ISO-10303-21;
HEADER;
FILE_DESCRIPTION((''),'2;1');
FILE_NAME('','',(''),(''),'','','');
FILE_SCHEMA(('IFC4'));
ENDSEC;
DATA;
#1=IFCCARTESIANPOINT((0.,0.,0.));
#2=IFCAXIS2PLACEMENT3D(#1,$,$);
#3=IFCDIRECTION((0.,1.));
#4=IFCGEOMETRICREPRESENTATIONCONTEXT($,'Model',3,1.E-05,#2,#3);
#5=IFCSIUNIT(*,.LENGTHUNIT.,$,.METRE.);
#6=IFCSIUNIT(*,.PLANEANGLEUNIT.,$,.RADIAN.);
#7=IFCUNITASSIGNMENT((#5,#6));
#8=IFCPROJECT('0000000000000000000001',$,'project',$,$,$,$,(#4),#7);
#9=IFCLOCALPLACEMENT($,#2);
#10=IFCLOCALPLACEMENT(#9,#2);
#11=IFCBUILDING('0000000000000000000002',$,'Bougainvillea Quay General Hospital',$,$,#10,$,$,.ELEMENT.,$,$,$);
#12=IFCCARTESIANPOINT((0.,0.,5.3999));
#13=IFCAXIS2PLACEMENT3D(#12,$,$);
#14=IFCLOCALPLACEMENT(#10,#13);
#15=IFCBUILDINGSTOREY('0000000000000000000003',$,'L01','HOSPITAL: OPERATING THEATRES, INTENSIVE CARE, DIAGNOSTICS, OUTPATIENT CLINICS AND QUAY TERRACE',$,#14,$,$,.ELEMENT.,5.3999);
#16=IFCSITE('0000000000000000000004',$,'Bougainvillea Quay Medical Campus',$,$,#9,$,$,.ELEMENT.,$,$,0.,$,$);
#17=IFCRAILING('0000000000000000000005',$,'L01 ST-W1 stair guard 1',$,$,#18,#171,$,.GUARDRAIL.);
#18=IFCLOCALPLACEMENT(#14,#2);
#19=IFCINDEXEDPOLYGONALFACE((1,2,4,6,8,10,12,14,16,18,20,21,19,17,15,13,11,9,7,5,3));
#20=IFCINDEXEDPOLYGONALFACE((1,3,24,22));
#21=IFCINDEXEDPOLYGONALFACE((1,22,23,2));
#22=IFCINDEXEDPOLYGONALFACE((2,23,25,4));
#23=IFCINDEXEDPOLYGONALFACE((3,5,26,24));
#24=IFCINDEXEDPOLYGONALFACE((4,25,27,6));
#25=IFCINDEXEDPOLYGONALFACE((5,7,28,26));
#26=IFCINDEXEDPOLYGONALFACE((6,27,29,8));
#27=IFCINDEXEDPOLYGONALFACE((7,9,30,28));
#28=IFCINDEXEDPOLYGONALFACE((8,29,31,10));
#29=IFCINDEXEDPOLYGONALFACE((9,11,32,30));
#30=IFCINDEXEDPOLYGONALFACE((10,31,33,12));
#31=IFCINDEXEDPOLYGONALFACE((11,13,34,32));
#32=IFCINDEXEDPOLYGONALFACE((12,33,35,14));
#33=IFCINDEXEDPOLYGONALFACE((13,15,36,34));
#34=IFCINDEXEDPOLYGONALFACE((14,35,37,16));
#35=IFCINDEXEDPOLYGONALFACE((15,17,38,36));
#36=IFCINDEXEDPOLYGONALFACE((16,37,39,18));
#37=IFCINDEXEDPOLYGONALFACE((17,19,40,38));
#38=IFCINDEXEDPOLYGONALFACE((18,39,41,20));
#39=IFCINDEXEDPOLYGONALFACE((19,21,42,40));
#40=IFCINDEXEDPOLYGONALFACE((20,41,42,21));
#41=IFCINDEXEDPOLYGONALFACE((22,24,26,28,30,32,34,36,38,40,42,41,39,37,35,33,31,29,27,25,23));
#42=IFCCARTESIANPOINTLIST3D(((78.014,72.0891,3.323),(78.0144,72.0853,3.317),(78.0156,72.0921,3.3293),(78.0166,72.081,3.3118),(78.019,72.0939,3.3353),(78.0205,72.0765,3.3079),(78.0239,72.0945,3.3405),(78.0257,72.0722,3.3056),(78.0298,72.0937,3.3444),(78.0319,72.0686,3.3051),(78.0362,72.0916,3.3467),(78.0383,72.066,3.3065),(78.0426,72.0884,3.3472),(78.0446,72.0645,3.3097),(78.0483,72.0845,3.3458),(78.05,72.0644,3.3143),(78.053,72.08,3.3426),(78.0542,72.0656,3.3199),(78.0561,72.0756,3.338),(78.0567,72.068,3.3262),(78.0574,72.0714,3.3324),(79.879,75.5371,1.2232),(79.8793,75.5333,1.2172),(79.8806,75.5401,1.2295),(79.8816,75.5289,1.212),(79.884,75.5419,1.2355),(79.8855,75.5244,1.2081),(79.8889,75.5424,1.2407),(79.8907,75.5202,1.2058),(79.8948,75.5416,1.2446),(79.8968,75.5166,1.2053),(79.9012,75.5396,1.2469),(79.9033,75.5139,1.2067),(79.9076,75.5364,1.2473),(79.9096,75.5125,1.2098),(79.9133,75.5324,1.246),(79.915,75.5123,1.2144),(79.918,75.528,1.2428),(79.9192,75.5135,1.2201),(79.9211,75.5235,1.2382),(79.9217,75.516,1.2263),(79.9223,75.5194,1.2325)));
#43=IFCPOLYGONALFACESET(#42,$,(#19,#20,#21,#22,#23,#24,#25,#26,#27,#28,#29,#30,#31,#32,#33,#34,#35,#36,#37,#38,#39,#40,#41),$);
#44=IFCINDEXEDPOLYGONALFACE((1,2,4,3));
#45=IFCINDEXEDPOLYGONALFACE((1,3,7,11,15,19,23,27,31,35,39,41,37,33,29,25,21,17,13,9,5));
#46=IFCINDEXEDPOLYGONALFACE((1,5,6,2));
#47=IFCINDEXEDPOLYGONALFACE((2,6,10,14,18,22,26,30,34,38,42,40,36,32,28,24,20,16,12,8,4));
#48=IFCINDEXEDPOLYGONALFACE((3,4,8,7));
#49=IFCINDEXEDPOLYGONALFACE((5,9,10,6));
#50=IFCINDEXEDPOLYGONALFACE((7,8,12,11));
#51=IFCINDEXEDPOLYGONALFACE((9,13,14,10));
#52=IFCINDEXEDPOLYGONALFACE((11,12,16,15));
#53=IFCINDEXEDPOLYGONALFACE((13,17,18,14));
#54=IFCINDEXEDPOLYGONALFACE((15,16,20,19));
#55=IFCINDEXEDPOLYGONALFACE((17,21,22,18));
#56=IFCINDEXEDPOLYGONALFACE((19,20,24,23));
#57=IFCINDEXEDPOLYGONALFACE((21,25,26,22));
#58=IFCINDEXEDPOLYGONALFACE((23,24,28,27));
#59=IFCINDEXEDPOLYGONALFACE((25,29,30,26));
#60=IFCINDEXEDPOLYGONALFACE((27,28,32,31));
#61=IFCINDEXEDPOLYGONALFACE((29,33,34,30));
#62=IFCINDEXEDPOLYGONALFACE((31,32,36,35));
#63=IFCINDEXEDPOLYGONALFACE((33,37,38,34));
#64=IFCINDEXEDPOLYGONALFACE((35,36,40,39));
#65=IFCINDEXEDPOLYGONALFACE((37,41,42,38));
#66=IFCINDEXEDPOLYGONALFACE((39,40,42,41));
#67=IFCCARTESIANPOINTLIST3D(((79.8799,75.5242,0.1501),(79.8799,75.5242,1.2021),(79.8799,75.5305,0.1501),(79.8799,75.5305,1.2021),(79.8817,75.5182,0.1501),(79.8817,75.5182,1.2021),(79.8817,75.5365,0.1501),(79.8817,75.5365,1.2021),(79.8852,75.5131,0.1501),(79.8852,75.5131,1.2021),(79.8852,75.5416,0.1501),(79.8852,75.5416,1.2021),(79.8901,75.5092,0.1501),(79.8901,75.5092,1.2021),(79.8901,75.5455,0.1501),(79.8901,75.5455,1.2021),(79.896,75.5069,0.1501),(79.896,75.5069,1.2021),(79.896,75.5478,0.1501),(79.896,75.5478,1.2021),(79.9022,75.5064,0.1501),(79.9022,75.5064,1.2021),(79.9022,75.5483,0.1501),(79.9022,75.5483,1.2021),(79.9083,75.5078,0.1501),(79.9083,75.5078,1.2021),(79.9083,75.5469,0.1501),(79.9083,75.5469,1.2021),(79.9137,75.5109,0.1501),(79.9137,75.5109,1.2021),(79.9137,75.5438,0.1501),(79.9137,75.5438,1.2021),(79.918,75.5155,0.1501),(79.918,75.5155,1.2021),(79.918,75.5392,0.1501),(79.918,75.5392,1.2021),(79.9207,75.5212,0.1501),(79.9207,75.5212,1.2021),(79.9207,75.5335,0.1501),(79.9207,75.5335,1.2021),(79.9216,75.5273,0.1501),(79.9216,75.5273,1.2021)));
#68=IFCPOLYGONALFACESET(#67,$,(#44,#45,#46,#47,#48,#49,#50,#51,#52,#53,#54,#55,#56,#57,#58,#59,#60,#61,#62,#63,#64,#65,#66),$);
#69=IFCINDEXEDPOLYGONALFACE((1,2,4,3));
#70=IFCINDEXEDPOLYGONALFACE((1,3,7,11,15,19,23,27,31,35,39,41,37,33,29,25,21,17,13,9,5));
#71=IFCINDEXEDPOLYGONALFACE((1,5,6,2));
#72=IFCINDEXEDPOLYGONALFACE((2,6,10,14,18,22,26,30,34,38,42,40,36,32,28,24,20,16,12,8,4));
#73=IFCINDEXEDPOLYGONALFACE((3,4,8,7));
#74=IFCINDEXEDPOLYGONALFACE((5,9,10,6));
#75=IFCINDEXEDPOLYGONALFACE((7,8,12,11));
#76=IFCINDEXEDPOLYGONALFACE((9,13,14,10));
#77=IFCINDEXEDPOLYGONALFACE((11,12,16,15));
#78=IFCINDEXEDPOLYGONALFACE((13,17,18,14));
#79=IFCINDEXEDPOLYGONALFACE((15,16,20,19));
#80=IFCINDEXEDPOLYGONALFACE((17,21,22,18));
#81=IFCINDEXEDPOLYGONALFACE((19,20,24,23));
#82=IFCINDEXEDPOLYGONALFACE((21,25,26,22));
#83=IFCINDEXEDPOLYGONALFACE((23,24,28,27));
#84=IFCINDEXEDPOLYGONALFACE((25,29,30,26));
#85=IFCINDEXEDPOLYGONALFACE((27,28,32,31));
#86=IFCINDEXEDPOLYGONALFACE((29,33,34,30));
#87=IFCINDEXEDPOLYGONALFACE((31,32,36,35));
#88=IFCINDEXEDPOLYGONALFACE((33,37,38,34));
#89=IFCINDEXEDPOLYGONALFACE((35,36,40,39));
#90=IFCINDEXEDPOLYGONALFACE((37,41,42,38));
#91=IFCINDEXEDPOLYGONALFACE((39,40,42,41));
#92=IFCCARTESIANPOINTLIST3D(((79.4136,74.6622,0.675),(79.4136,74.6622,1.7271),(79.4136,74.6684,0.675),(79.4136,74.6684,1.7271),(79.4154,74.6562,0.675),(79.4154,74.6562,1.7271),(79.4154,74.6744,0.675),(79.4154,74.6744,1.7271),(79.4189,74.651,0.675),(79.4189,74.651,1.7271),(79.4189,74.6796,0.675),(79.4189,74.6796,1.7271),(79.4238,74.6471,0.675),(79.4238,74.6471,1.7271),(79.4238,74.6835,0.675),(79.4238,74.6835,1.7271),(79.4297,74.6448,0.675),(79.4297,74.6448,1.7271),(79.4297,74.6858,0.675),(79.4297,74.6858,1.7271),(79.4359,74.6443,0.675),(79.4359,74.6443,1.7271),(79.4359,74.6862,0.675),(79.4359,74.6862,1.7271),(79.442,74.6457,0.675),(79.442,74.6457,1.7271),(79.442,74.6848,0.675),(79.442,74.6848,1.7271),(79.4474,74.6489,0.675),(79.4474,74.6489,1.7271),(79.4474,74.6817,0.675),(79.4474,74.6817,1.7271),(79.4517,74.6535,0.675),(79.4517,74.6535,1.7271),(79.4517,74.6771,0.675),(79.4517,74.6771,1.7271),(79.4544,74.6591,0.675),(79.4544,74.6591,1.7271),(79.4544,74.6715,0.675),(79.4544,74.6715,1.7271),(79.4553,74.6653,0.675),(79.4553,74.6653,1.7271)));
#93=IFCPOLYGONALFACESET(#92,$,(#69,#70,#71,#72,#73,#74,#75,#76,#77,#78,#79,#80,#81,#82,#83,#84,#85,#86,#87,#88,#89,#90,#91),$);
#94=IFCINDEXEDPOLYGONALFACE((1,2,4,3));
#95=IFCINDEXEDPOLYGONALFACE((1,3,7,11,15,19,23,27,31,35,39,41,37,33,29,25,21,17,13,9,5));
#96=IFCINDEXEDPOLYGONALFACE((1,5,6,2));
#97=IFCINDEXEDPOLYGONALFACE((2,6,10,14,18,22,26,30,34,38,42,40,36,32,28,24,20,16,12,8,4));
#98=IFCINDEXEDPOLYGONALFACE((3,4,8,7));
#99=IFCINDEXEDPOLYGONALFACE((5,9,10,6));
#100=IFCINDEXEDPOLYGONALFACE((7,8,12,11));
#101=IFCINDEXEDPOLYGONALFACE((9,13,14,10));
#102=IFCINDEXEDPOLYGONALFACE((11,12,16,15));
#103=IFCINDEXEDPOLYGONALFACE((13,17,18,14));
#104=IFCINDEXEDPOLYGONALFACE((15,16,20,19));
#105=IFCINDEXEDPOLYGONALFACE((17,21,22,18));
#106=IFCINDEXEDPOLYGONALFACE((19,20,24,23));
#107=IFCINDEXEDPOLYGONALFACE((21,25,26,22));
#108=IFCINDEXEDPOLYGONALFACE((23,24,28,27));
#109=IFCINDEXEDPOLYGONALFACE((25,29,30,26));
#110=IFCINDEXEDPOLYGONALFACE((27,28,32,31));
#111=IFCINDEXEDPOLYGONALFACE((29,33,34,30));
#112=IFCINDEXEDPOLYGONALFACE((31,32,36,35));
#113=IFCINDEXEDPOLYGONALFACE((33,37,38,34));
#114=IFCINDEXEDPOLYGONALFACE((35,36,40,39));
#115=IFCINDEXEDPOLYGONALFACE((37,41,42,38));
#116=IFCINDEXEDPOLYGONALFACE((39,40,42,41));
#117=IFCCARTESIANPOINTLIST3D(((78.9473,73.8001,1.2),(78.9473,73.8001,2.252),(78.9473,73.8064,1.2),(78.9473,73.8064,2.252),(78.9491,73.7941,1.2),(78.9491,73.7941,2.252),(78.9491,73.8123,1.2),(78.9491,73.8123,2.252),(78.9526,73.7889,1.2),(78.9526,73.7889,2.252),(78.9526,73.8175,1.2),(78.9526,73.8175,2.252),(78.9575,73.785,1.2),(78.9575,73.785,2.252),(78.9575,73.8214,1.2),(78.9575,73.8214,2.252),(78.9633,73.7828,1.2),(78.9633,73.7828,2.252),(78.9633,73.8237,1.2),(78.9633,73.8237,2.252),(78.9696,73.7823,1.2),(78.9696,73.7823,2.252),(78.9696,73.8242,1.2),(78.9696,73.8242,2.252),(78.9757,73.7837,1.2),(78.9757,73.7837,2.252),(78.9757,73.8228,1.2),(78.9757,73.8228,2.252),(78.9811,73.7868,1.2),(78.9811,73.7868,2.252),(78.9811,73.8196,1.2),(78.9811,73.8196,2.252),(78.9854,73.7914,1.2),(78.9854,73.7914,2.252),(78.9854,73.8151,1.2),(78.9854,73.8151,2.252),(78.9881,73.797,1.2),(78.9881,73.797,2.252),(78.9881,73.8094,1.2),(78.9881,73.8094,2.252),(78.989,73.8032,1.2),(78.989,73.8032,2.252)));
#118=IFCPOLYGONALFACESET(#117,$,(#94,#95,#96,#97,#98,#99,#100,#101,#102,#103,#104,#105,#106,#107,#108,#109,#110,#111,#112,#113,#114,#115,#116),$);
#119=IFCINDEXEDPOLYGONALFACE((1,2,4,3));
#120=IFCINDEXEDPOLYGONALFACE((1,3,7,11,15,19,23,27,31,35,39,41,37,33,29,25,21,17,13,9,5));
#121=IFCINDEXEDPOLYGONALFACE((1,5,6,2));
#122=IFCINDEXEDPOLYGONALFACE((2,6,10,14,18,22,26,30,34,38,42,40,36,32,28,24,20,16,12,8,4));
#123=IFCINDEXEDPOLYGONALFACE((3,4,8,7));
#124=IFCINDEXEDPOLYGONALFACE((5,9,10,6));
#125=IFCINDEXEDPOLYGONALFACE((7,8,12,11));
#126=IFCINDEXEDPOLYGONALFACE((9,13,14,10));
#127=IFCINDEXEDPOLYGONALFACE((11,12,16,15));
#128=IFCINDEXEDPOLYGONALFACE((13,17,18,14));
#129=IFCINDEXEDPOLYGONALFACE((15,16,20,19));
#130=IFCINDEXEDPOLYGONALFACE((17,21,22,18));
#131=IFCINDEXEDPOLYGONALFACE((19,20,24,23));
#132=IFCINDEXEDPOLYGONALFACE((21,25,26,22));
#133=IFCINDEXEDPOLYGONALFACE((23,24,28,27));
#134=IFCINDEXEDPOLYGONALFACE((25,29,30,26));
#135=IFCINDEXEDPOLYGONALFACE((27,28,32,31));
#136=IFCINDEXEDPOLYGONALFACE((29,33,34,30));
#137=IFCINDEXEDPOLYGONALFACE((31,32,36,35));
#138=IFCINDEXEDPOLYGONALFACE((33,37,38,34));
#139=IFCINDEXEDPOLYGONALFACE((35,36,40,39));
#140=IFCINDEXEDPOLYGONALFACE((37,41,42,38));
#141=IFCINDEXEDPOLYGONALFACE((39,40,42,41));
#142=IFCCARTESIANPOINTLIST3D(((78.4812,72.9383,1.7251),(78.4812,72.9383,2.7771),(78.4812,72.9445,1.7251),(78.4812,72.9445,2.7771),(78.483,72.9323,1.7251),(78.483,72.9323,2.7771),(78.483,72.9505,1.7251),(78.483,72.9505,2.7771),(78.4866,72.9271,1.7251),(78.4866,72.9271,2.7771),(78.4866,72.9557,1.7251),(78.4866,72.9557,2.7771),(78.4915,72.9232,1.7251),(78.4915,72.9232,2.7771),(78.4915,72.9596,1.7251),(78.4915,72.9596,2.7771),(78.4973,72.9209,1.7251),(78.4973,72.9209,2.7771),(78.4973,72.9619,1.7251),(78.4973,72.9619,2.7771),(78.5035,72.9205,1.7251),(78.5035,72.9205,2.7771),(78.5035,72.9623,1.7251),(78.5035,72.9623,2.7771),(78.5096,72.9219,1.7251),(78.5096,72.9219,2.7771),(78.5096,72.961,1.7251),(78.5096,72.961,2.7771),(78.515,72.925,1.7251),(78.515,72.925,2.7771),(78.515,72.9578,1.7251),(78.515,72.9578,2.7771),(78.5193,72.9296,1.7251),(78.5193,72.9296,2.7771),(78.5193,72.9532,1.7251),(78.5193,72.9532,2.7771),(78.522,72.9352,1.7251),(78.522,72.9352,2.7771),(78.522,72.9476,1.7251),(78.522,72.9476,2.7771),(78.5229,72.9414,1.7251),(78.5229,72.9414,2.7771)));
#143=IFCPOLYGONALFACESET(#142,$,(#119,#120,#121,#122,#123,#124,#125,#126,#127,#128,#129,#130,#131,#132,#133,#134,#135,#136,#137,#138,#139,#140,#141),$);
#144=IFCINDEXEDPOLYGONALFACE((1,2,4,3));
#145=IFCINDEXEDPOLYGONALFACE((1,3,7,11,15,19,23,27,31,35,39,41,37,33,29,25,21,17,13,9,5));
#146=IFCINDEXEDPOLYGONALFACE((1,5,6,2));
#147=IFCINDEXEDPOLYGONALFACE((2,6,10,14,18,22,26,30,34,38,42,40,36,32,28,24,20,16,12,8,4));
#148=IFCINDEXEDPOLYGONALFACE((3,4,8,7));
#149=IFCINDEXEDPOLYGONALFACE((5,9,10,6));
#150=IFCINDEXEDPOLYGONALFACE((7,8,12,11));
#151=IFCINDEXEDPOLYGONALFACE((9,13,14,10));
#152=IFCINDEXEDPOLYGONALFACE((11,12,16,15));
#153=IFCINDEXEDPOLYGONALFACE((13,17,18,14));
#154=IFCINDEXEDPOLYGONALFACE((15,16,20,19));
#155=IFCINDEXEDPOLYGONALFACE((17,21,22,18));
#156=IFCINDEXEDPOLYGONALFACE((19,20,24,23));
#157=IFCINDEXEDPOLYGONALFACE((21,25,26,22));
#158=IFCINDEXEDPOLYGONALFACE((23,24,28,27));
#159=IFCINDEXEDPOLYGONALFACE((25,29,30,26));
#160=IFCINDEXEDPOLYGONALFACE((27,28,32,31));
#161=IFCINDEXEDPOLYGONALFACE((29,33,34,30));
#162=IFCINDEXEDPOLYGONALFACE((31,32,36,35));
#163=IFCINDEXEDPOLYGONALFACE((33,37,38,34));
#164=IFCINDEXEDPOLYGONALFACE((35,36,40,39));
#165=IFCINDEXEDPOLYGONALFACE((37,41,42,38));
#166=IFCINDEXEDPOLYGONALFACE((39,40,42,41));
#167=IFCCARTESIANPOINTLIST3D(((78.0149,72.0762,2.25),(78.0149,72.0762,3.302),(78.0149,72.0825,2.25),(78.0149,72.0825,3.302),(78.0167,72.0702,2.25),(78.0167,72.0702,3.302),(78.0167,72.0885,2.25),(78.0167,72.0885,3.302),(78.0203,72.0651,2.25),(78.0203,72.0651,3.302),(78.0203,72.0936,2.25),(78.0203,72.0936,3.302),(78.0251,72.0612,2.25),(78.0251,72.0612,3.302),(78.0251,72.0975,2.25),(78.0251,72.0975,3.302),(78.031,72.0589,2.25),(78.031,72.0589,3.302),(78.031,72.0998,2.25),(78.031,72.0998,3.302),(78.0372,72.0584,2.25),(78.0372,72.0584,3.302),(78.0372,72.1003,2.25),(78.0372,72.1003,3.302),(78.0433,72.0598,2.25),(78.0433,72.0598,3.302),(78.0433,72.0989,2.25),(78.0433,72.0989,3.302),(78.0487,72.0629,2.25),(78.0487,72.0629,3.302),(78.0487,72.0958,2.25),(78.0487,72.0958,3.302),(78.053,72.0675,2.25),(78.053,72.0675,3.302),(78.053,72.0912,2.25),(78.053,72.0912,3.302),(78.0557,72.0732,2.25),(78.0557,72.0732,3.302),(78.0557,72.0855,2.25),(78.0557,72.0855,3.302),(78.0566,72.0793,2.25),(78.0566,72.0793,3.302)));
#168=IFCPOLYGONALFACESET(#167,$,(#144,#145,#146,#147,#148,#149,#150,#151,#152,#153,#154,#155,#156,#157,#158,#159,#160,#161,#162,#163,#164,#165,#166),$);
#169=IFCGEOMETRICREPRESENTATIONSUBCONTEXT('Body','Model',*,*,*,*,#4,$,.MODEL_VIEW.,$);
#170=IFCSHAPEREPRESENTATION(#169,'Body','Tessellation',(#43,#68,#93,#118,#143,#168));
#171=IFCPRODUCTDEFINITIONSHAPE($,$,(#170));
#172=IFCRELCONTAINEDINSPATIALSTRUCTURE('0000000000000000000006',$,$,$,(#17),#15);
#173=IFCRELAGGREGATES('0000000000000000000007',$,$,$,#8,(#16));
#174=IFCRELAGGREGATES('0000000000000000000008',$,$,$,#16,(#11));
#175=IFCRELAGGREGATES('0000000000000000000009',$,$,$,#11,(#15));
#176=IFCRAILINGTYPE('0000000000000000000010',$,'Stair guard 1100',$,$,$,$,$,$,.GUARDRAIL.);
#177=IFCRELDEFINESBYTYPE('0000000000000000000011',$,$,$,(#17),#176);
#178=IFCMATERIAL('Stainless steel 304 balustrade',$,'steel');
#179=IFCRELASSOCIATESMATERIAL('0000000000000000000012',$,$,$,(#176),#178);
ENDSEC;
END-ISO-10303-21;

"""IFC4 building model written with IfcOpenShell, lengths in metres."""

from ifc_helpers import new_model, si_unit, direction, frame, origin, origin_2d, place, context, subcontext, project, spatial, circle, extrude, material, type_object, element, save


model = new_model("IFC4")

# Units and contexts
model_context = context("Model", 3, precision=1e-05, world=origin(), true_north=direction((0.0, 1.0)))
body_context = subcontext(model_context, "Body", "Model", "MODEL_VIEW")
ifc_project = project(units=[si_unit("LENGTHUNIT", "METRE"), si_unit("PLANEANGLEUNIT", "RADIAN")], contexts=[model_context])

# Site, building, storey
site_placement = place(None, origin())
site = spatial("IfcSite", under=ifc_project, at=site_placement, Name="Bougainvillea Quay Medical Campus", CompositionType="ELEMENT", RefElevation=0.0)
building_placement = place(site_placement, origin())
building = spatial("IfcBuilding", under=site, at=building_placement, Name="Bougainvillea Quay General Hospital", CompositionType="ELEMENT")
storey_placement = place(building_placement, frame((0.0, 0.0, 5.3999)))
storey = spatial("IfcBuildingStorey", under=building, at=storey_placement, Name="L01", Description="HOSPITAL: OPERATING THEATRES, INTENSIVE CARE, DIAGNOSTICS, OUTPATIENT CLINICS AND QUAY TERRACE", CompositionType="ELEMENT", Elevation=5.3999)

# Railing
ifc_material_1 = material(Name="Stainless steel 304 balustrade", Category="steel")
railing_type_1 = type_object("IfcRailingType", Name="Stair guard 1100", PredefinedType="GUARDRAIL", material=ifc_material_1)
railing_1_placement = place(storey_placement, frame((79.9006, 75.5273, 0.1501)))
element("IfcRailing", 1, at=railing_1_placement, inside=storey, type_object=railing_type_1, Name="L01 ST-W1 stair guard 1", PredefinedType="GUARDRAIL", context=body_context, shape_type="SweptSolid", body=[
    extrude(circle(Radius=0.0239, at=origin_2d()), frame((0.0, 0.0, 1.0762), z_axis=(-0.419377, -0.775345, 0.47219), x_axis=(0.879578, -0.475755, 0.0)), (0.0, 0.0, 1.0), 4.447),
    extrude(circle(Radius=0.021, at=origin_2d()), origin(), (0.0, 0.0, 1.0), 1.052),
    extrude(circle(Radius=0.021, at=origin_2d()), frame((-0.4663, -0.8621, 0.5249)), (0.0, 0.0, 1.0), 1.052),
    extrude(circle(Radius=0.021, at=origin_2d()), frame((-0.9326, -1.7241, 1.0498)), (0.0, 0.0, 1.0), 1.052),
    extrude(circle(Radius=0.021, at=origin_2d()), frame((-1.3987, -2.5859, 1.575)), (0.0, 0.0, 1.0), 1.052),
    extrude(circle(Radius=0.021, at=origin_2d()), frame((-1.865, -3.448, 2.0999)), (0.0, 0.0, 1.0), 1.052),
])

save(model, "model.ifc")
